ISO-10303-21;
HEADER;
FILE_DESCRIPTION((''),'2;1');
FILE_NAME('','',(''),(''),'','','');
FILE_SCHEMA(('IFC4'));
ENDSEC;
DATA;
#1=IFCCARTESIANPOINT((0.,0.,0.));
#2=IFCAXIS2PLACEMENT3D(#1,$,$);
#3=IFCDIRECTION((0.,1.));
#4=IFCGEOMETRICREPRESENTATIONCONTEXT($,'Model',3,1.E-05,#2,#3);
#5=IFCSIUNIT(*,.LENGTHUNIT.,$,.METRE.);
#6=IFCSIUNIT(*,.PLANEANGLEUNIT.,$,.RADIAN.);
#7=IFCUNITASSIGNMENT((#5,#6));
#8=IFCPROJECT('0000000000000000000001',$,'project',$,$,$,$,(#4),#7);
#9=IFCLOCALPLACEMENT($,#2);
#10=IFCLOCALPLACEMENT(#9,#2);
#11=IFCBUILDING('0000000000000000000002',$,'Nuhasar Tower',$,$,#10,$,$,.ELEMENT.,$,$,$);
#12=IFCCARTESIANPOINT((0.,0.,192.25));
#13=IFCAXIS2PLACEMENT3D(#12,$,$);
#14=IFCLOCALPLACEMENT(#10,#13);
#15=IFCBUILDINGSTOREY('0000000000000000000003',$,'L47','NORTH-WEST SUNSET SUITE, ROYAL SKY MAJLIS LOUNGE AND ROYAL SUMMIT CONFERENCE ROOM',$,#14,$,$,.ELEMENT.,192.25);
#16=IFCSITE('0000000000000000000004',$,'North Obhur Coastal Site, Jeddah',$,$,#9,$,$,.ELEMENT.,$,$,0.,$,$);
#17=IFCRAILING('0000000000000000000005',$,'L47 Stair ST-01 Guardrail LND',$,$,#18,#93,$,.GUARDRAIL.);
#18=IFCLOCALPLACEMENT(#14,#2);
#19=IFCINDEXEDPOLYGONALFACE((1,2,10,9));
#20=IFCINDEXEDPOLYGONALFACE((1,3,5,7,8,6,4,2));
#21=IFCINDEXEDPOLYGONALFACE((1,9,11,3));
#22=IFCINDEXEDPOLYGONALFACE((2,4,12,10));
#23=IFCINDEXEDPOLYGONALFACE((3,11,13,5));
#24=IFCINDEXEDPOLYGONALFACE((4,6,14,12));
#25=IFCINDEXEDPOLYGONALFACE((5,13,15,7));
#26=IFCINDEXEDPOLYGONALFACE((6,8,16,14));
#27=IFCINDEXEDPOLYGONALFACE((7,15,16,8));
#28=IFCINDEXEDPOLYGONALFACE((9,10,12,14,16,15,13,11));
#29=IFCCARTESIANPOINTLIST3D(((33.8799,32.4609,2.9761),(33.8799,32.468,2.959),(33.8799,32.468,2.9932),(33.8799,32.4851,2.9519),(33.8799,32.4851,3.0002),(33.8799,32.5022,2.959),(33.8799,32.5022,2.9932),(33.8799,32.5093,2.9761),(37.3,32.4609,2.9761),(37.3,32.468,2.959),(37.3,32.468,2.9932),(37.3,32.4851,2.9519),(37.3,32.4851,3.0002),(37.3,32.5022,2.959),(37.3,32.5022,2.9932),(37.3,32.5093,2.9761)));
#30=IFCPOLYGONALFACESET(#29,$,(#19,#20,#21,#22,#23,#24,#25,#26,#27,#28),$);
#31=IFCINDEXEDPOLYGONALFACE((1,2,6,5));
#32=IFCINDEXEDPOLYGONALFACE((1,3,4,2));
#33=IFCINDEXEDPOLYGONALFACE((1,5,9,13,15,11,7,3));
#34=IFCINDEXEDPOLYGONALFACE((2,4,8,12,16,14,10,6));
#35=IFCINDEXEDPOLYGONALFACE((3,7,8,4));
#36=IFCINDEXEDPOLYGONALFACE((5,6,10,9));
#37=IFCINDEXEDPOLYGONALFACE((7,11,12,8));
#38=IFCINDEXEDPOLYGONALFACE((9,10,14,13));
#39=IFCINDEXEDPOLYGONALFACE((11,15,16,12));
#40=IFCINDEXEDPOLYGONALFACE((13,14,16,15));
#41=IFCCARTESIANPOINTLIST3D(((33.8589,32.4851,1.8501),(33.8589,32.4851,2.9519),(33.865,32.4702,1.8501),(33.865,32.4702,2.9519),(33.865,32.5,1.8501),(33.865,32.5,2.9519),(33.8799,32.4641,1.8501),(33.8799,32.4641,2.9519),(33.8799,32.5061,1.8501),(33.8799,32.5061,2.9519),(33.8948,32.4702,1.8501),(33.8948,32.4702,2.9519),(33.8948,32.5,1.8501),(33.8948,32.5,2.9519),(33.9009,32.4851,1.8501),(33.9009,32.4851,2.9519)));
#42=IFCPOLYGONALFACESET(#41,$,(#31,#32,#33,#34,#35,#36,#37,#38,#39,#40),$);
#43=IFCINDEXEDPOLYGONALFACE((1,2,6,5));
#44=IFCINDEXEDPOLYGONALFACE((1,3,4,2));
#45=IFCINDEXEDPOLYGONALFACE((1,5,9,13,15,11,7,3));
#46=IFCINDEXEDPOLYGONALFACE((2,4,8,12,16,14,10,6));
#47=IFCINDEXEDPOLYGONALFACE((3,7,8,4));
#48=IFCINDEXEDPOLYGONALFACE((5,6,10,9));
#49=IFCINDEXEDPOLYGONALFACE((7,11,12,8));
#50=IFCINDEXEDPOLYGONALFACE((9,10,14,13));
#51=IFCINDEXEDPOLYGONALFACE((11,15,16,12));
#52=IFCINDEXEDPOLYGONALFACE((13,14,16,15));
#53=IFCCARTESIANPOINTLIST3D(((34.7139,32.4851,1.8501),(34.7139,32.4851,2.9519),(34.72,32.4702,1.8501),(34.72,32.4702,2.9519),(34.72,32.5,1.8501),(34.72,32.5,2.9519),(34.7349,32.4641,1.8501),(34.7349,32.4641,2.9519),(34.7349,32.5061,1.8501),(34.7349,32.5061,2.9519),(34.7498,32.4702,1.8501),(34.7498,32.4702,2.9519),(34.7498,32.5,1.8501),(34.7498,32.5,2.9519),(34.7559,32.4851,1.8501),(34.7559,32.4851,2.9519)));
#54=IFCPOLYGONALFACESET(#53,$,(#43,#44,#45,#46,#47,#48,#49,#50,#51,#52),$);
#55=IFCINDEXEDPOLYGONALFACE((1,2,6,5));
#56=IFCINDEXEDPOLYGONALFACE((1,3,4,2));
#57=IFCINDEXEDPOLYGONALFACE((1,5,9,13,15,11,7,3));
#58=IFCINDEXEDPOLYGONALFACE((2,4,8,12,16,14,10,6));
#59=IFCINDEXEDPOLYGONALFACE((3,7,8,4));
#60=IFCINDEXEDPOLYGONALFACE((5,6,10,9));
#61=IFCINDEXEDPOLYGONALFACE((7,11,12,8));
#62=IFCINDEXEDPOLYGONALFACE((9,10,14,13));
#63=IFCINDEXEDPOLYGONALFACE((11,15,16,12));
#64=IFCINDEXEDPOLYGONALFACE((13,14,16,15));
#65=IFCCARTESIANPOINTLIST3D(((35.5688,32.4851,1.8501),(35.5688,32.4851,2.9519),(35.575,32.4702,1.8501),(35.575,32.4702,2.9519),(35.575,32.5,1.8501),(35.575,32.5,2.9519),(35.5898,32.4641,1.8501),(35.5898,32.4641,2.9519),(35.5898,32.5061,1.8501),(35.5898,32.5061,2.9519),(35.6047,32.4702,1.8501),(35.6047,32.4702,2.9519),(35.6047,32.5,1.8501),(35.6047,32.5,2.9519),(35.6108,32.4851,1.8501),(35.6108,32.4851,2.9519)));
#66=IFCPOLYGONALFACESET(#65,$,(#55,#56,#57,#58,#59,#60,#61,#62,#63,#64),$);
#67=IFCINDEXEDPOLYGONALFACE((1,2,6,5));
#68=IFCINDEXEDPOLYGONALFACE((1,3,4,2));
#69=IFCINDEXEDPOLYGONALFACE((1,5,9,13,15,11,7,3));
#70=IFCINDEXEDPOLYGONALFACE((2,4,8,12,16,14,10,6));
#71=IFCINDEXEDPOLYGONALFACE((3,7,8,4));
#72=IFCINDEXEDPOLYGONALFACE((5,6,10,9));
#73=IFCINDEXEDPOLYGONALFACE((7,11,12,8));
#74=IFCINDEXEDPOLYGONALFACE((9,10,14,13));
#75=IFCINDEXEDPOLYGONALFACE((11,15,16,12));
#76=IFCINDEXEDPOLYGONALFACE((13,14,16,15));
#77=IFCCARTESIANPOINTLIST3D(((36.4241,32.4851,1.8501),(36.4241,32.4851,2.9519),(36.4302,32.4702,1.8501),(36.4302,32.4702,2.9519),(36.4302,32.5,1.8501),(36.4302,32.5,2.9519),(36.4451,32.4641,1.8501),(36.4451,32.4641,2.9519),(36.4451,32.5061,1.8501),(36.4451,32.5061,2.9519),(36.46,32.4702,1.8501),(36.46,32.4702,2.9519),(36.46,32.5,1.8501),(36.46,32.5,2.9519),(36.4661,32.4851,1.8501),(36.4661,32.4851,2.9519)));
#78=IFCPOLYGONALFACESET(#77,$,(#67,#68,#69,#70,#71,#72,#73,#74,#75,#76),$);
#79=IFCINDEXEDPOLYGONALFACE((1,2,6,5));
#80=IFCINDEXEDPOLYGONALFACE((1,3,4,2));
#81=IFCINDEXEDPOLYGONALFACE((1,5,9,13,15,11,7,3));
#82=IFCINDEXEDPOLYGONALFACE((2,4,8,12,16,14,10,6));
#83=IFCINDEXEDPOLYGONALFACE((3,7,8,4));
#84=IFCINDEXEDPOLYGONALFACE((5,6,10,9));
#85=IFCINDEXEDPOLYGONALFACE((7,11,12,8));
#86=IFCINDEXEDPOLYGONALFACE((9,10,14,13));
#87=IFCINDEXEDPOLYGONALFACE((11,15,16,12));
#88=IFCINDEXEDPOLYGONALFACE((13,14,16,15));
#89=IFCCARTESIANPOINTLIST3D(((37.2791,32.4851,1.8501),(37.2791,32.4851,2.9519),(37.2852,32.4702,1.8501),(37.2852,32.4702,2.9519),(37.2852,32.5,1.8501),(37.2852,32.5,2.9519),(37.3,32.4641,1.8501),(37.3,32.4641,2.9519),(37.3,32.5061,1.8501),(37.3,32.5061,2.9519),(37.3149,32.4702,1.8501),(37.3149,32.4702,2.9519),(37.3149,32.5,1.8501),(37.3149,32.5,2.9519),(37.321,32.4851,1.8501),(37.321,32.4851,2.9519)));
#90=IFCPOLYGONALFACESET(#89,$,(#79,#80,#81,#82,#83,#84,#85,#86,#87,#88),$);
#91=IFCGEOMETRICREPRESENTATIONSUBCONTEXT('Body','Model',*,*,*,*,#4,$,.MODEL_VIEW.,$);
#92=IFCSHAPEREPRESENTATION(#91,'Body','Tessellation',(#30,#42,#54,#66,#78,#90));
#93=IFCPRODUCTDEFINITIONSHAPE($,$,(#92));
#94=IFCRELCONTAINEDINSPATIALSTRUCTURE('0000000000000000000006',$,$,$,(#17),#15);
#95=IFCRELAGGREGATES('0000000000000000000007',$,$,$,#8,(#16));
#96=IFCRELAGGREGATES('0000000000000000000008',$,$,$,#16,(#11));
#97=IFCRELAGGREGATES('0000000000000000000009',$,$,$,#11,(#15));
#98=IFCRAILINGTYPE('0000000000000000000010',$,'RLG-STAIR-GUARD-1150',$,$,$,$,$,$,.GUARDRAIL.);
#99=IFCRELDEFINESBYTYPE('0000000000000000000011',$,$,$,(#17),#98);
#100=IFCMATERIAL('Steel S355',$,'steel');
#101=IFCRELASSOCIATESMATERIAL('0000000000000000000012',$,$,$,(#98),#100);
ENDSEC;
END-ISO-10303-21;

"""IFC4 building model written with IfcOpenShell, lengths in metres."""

from ifc_helpers import new_model, si_unit, direction, frame, origin, place, context, subcontext, project, spatial, polyline, outline, extrude, material, type_object, element, save


model = new_model("IFC4")

# Units and contexts
model_context = context("Model", 3, precision=1e-05, world=origin(), true_north=direction((0.0, 1.0)))
body_context = subcontext(model_context, "Body", "Model", "MODEL_VIEW")
ifc_project = project(units=[si_unit("LENGTHUNIT", "METRE"), si_unit("PLANEANGLEUNIT", "RADIAN")], contexts=[model_context])

# Site, building, storey
site_placement = place(None, origin())
site = spatial("IfcSite", under=ifc_project, at=site_placement, Name="North Obhur Coastal Site, Jeddah", CompositionType="ELEMENT", RefElevation=0.0)
building_placement = place(site_placement, origin())
building = spatial("IfcBuilding", under=site, at=building_placement, Name="Nuhasar Tower", CompositionType="ELEMENT")
storey_placement = place(building_placement, frame((0.0, 0.0, 192.25)))
storey = spatial("IfcBuildingStorey", under=building, at=storey_placement, Name="L47", Description="NORTH-WEST SUNSET SUITE, ROYAL SKY MAJLIS LOUNGE AND ROYAL SUMMIT CONFERENCE ROOM", CompositionType="ELEMENT", Elevation=192.25)

# Shared definitions
ifc_material_1 = material(Name="Steel S355", Category="steel")

# Railing
railing_type_1 = type_object("IfcRailingType", Name="RLG-STAIR-GUARD-1150", PredefinedType="GUARDRAIL", material=ifc_material_1)
railing_1_placement = place(storey_placement, frame((33.8799, 32.4851, 1.8501)))
element("IfcRailing", 1, at=railing_1_placement, inside=storey, type_object=railing_type_1, Name="L47 Stair ST-01 Guardrail LND", PredefinedType="GUARDRAIL", context=body_context, shape_type="SweptSolid", body=[
    extrude(outline(polyline([(0.0242, 0.0), (0.0171, 0.0171), (0.0, 0.0242), (-0.0171, 0.0171), (-0.0242, 0.0), (-0.0171, -0.0171), (0.0, -0.0242), (0.0171, -0.0171), (0.0242, 0.0)])), frame((0.0, 0.0, 1.126), z_axis=(1.0, 0.0, 0.0), x_axis=(0.0, 1.0, 0.0)), (0.0, 0.0, 1.0), 3.4202),
    extrude(outline(polyline([(0.021, 0.0), (0.0149, 0.0149), (0.0, 0.021), (-0.0149, 0.0149), (-0.021, 0.0), (-0.0149, -0.0149), (0.0, -0.021), (0.0149, -0.0149), (0.021, 0.0)])), origin(), (0.0, 0.0, 1.0), 1.1018),
    extrude(outline(polyline([(0.021, 0.0), (0.0149, 0.0149), (0.0, 0.021), (-0.0149, 0.0149), (-0.021, 0.0), (-0.0149, -0.0149), (0.0, -0.021), (0.0149, -0.0149), (0.021, 0.0)])), frame((0.855, 0.0, 0.0)), (0.0, 0.0, 1.0), 1.1018),
    extrude(outline(polyline([(0.021, 0.0), (0.0149, 0.0149), (0.0, 0.021), (-0.0149, 0.0149), (-0.021, 0.0), (-0.0149, -0.0149), (0.0, -0.021), (0.0149, -0.0149), (0.021, 0.0)])), frame((1.71, 0.0, 0.0)), (0.0, 0.0, 1.0), 1.1018),
    extrude(outline(polyline([(0.021, 0.0), (0.0149, 0.0149), (0.0, 0.021), (-0.0149, 0.0149), (-0.021, 0.0), (-0.0149, -0.0149), (0.0, -0.021), (0.0149, -0.0149), (0.021, 0.0)])), frame((2.5652, 0.0, 0.0)), (0.0, 0.0, 1.0), 1.1018),
    extrude(outline(polyline([(0.021, 0.0), (0.0149, 0.0149), (0.0, 0.021), (-0.0149, 0.0149), (-0.021, 0.0), (-0.0149, -0.0149), (0.0, -0.021), (0.0149, -0.0149), (0.021, 0.0)])), frame((3.4202, 0.0, 0.0)), (0.0, 0.0, 1.0), 1.1018),
])

save(model, "model.ifc")
